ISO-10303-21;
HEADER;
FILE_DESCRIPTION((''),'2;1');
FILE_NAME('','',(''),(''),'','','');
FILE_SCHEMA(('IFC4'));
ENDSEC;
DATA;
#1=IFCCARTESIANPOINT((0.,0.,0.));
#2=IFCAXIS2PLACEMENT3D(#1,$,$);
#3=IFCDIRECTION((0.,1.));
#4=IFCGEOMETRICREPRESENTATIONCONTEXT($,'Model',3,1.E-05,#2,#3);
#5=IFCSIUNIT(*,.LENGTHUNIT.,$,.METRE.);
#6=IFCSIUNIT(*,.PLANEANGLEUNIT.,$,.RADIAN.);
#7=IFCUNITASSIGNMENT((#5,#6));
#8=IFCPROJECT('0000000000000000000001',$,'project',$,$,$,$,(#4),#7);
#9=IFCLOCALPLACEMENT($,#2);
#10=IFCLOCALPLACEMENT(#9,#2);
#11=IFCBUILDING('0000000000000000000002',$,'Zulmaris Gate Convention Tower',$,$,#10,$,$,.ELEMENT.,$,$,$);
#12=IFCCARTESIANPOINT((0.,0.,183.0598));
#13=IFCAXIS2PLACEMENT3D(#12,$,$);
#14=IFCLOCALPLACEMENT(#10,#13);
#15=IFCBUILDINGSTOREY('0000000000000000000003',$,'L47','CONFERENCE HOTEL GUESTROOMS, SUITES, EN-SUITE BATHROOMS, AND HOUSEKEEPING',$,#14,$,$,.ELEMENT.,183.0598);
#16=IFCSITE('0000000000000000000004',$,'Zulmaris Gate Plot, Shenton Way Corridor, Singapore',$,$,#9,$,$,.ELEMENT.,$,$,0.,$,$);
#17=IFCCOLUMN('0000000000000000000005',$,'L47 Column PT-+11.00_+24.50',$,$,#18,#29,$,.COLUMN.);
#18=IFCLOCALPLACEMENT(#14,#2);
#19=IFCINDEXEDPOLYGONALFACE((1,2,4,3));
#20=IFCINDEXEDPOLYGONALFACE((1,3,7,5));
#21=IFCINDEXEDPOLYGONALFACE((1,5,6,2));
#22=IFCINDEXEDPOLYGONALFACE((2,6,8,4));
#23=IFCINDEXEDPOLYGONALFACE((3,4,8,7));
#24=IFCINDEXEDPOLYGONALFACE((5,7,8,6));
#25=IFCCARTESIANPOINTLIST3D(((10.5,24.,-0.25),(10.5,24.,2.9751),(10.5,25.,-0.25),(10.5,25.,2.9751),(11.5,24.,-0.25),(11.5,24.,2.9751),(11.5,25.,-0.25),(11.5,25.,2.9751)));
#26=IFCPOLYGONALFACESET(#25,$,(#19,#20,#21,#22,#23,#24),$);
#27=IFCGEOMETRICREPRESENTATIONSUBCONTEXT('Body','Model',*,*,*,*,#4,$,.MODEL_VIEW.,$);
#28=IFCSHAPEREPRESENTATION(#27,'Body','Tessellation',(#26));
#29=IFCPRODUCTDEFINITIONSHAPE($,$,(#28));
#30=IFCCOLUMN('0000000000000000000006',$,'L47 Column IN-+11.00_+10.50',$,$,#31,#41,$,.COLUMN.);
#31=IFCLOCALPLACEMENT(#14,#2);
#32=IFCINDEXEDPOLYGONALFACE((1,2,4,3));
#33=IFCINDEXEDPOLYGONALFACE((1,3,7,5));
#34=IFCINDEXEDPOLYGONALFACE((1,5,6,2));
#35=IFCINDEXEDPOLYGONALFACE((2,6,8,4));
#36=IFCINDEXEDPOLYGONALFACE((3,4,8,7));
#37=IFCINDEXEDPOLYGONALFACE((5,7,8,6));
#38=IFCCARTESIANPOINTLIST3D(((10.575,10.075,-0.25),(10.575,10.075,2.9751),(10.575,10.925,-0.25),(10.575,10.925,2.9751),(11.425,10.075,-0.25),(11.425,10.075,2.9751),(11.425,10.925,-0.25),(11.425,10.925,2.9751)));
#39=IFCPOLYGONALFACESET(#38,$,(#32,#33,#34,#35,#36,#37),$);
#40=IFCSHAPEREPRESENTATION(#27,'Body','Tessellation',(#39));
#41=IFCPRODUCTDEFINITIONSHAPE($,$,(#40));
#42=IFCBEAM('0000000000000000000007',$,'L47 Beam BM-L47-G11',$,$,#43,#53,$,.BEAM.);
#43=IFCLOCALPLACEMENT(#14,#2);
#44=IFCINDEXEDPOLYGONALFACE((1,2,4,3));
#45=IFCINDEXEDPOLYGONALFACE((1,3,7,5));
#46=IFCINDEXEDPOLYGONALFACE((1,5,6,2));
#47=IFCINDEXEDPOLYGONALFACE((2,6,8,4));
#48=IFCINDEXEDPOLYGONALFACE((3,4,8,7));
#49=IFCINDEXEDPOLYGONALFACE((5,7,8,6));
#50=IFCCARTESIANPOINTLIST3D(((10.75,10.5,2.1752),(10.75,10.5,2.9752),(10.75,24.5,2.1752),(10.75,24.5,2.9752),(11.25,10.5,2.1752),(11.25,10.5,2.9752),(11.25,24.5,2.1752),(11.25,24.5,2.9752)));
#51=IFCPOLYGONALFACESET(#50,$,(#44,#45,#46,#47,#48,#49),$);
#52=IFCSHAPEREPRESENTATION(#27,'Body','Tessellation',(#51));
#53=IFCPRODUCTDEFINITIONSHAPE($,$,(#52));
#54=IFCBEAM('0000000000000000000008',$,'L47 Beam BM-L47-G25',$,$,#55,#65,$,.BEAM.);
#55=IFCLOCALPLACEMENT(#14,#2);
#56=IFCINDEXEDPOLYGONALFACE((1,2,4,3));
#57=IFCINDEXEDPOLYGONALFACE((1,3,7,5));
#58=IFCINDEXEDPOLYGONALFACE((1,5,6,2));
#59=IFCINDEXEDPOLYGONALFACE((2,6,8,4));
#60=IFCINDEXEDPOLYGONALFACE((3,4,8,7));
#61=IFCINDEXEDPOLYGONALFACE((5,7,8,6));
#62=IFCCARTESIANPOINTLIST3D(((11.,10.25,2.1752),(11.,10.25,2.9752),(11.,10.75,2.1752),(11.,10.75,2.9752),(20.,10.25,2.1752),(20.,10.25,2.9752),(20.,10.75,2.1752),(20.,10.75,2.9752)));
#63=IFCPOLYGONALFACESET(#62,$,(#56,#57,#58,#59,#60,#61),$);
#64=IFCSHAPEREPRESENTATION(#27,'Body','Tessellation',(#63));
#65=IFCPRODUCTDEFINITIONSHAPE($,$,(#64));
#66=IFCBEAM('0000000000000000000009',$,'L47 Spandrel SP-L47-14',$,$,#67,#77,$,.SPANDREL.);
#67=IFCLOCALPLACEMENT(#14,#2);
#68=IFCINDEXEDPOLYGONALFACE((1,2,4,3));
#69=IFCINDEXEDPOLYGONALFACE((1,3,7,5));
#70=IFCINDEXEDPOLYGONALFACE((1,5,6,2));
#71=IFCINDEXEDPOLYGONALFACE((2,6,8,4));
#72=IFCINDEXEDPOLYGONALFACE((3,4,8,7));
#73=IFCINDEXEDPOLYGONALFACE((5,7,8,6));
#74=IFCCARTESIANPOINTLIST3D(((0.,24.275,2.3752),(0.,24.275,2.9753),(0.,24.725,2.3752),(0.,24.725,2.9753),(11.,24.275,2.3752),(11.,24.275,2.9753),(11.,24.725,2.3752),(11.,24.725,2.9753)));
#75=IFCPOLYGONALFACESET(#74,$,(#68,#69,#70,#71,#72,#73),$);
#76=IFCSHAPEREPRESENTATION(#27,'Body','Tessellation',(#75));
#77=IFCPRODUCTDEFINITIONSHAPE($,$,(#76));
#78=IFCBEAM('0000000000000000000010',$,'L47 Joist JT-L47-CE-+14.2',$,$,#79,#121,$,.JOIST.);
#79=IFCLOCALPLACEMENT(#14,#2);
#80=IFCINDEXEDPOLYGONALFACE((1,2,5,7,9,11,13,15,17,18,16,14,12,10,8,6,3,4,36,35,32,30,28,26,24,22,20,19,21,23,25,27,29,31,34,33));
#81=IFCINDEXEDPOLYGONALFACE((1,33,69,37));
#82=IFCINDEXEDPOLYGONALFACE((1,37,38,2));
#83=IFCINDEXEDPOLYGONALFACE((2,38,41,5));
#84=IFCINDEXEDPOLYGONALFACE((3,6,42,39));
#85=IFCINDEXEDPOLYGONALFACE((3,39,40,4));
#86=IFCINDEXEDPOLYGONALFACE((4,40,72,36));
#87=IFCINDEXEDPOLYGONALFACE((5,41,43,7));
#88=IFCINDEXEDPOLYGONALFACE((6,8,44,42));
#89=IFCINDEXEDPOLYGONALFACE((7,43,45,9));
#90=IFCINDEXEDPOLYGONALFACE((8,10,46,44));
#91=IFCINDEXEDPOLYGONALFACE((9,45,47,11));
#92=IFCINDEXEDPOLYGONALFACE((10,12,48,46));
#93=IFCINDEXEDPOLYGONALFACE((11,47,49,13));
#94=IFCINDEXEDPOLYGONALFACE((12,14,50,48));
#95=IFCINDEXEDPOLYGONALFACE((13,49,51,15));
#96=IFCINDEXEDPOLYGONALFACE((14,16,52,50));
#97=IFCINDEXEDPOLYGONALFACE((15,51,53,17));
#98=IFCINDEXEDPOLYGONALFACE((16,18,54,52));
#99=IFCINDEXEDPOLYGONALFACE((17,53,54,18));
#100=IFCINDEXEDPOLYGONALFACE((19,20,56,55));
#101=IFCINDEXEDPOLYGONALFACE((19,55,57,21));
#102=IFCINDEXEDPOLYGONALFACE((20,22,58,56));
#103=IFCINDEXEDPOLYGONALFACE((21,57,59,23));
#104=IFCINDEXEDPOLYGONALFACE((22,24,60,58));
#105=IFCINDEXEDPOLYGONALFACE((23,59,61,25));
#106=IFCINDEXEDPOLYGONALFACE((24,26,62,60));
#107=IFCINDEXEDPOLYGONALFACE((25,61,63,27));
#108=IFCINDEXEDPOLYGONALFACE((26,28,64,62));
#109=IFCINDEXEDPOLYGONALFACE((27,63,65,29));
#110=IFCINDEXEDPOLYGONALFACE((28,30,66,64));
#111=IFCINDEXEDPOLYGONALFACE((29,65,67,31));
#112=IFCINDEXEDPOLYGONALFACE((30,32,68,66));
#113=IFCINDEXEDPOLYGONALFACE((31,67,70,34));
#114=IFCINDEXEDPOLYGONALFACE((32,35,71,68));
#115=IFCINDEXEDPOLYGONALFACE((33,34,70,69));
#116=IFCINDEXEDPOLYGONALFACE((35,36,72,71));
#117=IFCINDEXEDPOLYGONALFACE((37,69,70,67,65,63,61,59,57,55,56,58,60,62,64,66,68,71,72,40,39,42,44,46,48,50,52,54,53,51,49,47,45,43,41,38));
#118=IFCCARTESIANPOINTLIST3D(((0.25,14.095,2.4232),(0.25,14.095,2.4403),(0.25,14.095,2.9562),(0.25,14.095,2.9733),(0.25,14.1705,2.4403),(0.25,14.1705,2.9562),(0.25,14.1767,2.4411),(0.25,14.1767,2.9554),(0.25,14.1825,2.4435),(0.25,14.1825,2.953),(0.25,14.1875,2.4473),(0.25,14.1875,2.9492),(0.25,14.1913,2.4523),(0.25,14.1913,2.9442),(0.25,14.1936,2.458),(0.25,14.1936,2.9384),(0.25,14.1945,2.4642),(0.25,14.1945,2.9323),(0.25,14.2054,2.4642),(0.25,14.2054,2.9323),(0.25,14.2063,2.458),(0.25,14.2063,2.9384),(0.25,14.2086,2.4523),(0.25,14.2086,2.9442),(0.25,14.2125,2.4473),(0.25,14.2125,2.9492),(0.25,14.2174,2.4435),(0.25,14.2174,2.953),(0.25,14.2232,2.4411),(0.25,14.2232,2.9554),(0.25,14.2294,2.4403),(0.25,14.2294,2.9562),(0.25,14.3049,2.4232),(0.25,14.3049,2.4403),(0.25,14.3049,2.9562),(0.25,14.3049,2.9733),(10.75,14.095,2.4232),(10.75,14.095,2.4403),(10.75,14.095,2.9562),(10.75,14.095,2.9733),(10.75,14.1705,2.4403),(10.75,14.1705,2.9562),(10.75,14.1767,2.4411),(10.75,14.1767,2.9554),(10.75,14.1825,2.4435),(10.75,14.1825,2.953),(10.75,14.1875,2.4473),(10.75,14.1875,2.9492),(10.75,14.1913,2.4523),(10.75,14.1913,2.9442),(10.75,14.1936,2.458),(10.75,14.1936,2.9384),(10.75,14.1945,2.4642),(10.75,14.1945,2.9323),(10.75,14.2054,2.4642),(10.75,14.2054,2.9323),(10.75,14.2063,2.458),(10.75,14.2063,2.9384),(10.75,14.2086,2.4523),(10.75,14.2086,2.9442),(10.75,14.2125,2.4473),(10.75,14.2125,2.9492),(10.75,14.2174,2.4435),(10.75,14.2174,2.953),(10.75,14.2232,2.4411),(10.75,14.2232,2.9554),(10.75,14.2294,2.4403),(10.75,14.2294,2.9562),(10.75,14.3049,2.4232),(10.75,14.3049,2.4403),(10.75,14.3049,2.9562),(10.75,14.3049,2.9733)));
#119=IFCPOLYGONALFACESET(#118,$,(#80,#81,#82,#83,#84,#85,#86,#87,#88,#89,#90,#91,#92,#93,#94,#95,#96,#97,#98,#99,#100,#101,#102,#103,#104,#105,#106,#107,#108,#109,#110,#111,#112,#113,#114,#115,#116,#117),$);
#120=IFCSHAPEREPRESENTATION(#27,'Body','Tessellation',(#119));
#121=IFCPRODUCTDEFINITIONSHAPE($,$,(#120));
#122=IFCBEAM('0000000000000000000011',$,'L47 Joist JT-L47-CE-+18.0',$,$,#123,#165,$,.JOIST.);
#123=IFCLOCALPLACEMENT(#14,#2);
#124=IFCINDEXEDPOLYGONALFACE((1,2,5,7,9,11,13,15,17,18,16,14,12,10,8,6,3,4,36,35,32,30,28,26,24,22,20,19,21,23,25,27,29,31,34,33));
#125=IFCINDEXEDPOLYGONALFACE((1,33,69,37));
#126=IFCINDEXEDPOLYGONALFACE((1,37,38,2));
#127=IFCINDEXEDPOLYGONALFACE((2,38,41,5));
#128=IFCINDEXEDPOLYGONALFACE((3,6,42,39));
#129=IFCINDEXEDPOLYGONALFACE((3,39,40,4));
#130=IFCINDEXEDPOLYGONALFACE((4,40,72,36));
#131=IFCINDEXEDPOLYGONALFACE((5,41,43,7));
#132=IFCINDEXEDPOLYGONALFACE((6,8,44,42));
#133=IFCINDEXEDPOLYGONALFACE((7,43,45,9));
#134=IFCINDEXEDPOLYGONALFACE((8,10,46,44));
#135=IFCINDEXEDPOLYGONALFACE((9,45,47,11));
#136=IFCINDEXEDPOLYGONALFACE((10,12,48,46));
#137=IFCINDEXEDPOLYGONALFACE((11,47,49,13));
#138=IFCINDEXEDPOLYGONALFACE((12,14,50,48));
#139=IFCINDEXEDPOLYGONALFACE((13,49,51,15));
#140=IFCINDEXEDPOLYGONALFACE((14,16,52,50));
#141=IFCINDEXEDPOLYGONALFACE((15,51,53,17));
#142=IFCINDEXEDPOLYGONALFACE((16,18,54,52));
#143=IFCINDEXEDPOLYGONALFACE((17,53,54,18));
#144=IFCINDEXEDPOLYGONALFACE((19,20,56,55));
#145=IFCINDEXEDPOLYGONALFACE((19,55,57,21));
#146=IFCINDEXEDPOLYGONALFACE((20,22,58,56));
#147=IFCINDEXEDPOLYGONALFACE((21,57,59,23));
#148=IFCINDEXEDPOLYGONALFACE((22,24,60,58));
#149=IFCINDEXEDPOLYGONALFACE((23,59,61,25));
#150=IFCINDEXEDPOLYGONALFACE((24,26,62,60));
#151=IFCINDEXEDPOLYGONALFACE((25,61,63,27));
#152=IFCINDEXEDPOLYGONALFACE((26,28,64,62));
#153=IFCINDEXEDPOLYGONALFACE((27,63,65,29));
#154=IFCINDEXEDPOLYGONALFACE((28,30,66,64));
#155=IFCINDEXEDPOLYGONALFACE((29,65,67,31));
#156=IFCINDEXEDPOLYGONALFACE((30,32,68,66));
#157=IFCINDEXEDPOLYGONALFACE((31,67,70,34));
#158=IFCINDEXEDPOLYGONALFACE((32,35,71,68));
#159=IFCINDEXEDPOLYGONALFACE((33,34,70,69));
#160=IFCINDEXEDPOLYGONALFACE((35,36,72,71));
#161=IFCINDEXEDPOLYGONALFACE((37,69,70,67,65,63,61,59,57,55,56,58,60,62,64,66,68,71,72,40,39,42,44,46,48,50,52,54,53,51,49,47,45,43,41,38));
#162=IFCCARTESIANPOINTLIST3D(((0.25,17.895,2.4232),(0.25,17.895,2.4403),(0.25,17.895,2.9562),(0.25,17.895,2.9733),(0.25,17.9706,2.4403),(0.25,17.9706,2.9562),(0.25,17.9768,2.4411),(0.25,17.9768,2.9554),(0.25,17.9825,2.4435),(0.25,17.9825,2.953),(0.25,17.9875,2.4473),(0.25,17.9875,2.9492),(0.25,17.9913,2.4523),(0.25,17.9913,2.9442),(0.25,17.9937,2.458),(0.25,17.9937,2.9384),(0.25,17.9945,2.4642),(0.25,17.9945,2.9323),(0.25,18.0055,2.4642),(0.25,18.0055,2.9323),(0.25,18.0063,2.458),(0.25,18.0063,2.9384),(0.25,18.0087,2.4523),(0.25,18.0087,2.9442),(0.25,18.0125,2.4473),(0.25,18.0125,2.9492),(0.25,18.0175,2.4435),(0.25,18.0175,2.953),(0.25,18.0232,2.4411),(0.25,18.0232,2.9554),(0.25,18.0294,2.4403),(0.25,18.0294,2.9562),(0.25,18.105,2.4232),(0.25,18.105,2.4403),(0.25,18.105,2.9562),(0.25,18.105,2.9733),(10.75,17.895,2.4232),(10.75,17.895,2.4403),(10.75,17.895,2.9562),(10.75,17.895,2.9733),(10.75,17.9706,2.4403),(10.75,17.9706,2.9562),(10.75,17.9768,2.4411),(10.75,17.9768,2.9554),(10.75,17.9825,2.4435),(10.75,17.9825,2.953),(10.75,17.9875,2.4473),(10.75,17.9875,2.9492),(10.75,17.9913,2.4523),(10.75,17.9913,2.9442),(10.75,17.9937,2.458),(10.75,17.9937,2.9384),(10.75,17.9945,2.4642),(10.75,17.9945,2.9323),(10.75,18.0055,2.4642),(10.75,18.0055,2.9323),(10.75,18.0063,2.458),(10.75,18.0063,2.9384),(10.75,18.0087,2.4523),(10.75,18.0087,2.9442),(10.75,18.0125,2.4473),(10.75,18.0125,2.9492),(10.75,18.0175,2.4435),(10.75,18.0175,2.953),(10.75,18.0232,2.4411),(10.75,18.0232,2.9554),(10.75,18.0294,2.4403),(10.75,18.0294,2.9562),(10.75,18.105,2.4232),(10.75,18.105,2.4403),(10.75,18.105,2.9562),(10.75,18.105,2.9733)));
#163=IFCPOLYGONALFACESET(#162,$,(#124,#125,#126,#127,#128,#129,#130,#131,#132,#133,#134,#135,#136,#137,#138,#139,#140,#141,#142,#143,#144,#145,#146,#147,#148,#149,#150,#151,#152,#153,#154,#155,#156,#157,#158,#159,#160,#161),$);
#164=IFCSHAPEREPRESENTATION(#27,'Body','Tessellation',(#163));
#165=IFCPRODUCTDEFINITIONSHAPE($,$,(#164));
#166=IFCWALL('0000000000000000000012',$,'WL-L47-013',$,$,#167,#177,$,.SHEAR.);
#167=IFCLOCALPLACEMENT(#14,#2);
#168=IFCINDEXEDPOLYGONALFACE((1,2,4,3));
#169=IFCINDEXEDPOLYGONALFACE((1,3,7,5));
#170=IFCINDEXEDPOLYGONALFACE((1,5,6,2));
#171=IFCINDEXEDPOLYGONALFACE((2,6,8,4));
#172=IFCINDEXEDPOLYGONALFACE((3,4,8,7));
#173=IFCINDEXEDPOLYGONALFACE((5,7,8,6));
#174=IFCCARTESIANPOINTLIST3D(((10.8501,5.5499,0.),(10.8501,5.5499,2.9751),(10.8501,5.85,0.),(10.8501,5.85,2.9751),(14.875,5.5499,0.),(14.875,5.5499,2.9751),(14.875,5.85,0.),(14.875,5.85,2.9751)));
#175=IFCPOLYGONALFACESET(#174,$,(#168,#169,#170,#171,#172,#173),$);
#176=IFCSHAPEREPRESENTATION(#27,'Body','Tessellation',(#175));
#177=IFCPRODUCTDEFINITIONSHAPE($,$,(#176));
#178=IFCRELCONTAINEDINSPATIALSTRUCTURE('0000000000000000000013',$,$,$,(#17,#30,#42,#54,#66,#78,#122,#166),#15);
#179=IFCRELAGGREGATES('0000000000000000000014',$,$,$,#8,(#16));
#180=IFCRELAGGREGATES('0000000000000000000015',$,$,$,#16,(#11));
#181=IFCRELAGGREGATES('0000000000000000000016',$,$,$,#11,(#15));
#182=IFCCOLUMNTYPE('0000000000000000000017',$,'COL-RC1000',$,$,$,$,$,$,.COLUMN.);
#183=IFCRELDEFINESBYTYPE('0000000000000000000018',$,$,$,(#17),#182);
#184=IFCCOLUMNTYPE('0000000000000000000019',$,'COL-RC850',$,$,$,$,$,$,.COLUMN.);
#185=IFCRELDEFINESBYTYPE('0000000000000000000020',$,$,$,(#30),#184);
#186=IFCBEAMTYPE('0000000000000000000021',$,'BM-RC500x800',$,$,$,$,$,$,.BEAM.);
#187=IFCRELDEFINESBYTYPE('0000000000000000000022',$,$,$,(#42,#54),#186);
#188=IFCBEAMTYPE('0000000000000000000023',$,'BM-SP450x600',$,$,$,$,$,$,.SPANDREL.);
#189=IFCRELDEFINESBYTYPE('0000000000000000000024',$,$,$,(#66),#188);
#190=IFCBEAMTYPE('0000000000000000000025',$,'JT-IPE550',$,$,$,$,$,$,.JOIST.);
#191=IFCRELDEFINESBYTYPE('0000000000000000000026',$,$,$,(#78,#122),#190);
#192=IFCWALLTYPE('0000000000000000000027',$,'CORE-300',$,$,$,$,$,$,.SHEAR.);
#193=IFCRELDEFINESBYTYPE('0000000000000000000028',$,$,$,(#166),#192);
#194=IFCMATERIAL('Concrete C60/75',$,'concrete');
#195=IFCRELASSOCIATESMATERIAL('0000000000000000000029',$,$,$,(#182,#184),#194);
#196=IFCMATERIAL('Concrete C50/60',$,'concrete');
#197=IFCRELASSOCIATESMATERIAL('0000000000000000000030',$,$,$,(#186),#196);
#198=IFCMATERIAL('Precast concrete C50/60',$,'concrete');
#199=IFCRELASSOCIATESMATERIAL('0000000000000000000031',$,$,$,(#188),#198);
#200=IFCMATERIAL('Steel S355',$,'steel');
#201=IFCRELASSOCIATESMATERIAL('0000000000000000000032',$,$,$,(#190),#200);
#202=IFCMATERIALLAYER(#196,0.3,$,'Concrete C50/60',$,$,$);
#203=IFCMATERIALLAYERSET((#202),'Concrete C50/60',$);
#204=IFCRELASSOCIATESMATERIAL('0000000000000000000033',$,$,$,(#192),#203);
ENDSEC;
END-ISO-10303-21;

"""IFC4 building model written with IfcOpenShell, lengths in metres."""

from ifc_helpers import new_model, si_unit, direction, frame, frame_2d, origin, origin_2d, place, context, subcontext, project, spatial, rectangle, i_section, extrude, material, layer, layer_set, material_profile, profile_set, type_object, element, save


model = new_model("IFC4")

# Units and contexts
model_context = context("Model", 3, precision=1e-05, world=origin(), true_north=direction((0.0, 1.0)))
body_context = subcontext(model_context, "Body", "Model", "MODEL_VIEW")
ifc_project = project(units=[si_unit("LENGTHUNIT", "METRE"), si_unit("PLANEANGLEUNIT", "RADIAN")], contexts=[model_context])

# Site, building, storey
site_placement = place(None, origin())
site = spatial("IfcSite", under=ifc_project, at=site_placement, Name="Zulmaris Gate Plot, Shenton Way Corridor, Singapore", CompositionType="ELEMENT", RefElevation=0.0)
building_placement = place(site_placement, origin())
building = spatial("IfcBuilding", under=site, at=building_placement, Name="Zulmaris Gate Convention Tower", CompositionType="ELEMENT")
storey_placement = place(building_placement, frame((0.0, 0.0, 183.0598)))
storey = spatial("IfcBuildingStorey", under=building, at=storey_placement, Name="L47", Description="CONFERENCE HOTEL GUESTROOMS, SUITES, EN-SUITE BATHROOMS, AND HOUSEKEEPING", CompositionType="ELEMENT", Elevation=183.0598)

# Columns
ifc_material_1 = material(Name="Concrete C60/75", Category="concrete")
ifc_material_profile_1 = material_profile(ifc_material_1, rectangle(XDim=1.0, YDim=1.0, at=origin_2d()), Name="RC COL 1000x1000")
ifc_profile_set_1 = profile_set([ifc_material_profile_1], Name="Concrete C60/75")
column_type_1 = type_object("IfcColumnType", Name="COL-RC1000", PredefinedType="COLUMN", material=ifc_profile_set_1)
column_1_placement = place(storey_placement, frame((11.0, 24.5, -0.25), z_axis=(0.0, 0.0, 1.0), x_axis=(1.0, 0.0, 0.0)))
element("IfcColumn", 1, at=column_1_placement, inside=storey, type_object=column_type_1, Name="L47 Column PT-+11.00_+24.50", PredefinedType="COLUMN", context=body_context, shape_type="SweptSolid", body=[
    extrude(rectangle(XDim=1.0, YDim=1.0, at=origin_2d()), origin(), (0.0, 0.0, 1.0), 3.2251),
])
ifc_material_profile_2 = material_profile(ifc_material_1, rectangle(XDim=0.8501, YDim=0.8501, at=origin_2d()), Name="RC COL 850x850")
ifc_profile_set_2 = profile_set([ifc_material_profile_2], Name="Concrete C60/75")
column_type_2 = type_object("IfcColumnType", Name="COL-RC850", PredefinedType="COLUMN", material=ifc_profile_set_2)
column_2_placement = place(storey_placement, frame((11.0, 10.5, -0.25), z_axis=(0.0, 0.0, 1.0), x_axis=(1.0, 0.0, 0.0)))
element("IfcColumn", 2, at=column_2_placement, inside=storey, type_object=column_type_2, Name="L47 Column IN-+11.00_+10.50", PredefinedType="COLUMN", context=body_context, shape_type="SweptSolid", body=[
    extrude(rectangle(XDim=0.8501, YDim=0.8501, at=origin_2d()), origin(), (0.0, 0.0, 1.0), 3.2251),
])

# Beams
ifc_material_2 = material(Name="Concrete C50/60", Category="concrete")
ifc_material_profile_3 = material_profile(ifc_material_2, rectangle(XDim=0.5, YDim=0.8, at=origin_2d()), Name="RC BEAM 500x800")
ifc_profile_set_3 = profile_set([ifc_material_profile_3], Name="Concrete C50/60")
beam_type_1 = type_object("IfcBeamType", Name="BM-RC500x800", PredefinedType="BEAM", material=ifc_profile_set_3)
beam_1_placement = place(storey_placement, frame((11.0, 10.5, 2.5752), z_axis=(0.0, 1.0, 0.0), x_axis=(-1.0, 0.0, 0.0)))
element("IfcBeam", 3, at=beam_1_placement, inside=storey, type_object=beam_type_1, Name="L47 Beam BM-L47-G11", PredefinedType="BEAM", context=body_context, shape_type="SweptSolid", body=[
    extrude(rectangle(XDim=0.5, YDim=0.8, at=origin_2d()), origin(), (0.0, 0.0, 1.0), 14.0),
])
beam_2_placement = place(storey_placement, frame((11.0, 10.5, 2.5752), z_axis=(1.0, 0.0, 0.0), x_axis=(0.0, 1.0, 0.0)))
element("IfcBeam", 4, at=beam_2_placement, inside=storey, type_object=beam_type_1, Name="L47 Beam BM-L47-G25", PredefinedType="BEAM", context=body_context, shape_type="SweptSolid", body=[
    extrude(rectangle(XDim=0.5, YDim=0.8, at=origin_2d()), origin(), (0.0, 0.0, 1.0), 9.0),
])
ifc_material_3 = material(Name="Precast concrete C50/60", Category="concrete")
ifc_material_profile_4 = material_profile(ifc_material_3, rectangle(XDim=0.45, YDim=0.6001, at=origin_2d()), Name="RC SPANDREL 450x600")
ifc_profile_set_4 = profile_set([ifc_material_profile_4], Name="Precast concrete C50/60")
beam_type_2 = type_object("IfcBeamType", Name="BM-SP450x600", PredefinedType="SPANDREL", material=ifc_profile_set_4)
beam_3_placement = place(storey_placement, frame((11.0, 24.5, 2.6753), z_axis=(-1.0, 0.0, 0.0), x_axis=(0.0, -1.0, 0.0)))
element("IfcBeam", 5, at=beam_3_placement, inside=storey, type_object=beam_type_2, Name="L47 Spandrel SP-L47-14", PredefinedType="SPANDREL", context=body_context, shape_type="SweptSolid", body=[
    extrude(rectangle(XDim=0.45, YDim=0.6001, at=origin_2d()), origin(), (0.0, 0.0, 1.0), 11.0),
])
ifc_material_4 = material(Name="Steel S355", Category="steel")
ifc_material_profile_5 = material_profile(ifc_material_4, i_section(OverallWidth=0.21, OverallDepth=0.55, WebThickness=0.011, FlangeThickness=0.0171, FilletRadius=0.0239, at=origin_2d()), Name="IPE 550")
ifc_profile_set_5 = profile_set([ifc_material_profile_5], Name="Steel S355")
beam_type_3 = type_object("IfcBeamType", Name="JT-IPE550", PredefinedType="JOIST", material=ifc_profile_set_5)
for number, where, z_axis, x_axis, name in (
    (6, (0.25, 14.2, 2.6982), (1.0, 0.0, 0.0), (0.0, 1.0, 0.0), "L47 Joist JT-L47-CE-+14.2"),
    (7, (0.25, 18.0, 2.6982), (1.0, 0.0, 0.0), (0.0, 1.0, 0.0), "L47 Joist JT-L47-CE-+18.0"),
):
    element("IfcBeam", number, at=place(storey_placement, frame(where, z_axis=z_axis, x_axis=x_axis)), inside=storey, type_object=beam_type_3, Name=name, PredefinedType="JOIST", context=body_context, shape_type="SweptSolid", body=[
        extrude(i_section(OverallWidth=0.21, OverallDepth=0.55, WebThickness=0.011, FlangeThickness=0.0171, FilletRadius=0.0239, at=origin_2d()), origin(), (0.0, 0.0, 1.0), 10.5),
    ])

# Wall
ifc_layer_1 = layer(ifc_material_2, 0.3, Name="Concrete C50/60")
ifc_layer_set_1 = layer_set([ifc_layer_1], Name="Concrete C50/60")
wall_type_1 = type_object("IfcWallType", Name="CORE-300", PredefinedType="SHEAR", material=ifc_layer_set_1)
wall_1_placement = place(storey_placement, frame((10.8501, 5.7, 0.0), z_axis=(0.0, 0.0, 1.0), x_axis=(1.0, 0.0, 0.0)))
element("IfcWall", 8, at=wall_1_placement, inside=storey, type_object=wall_type_1, Name="WL-L47-013", PredefinedType="SHEAR", context=body_context, shape_type="SweptSolid", body=[
    extrude(rectangle(XDim=4.0249, YDim=0.3, at=frame_2d((2.0125, 0.0))), origin(), (0.0, 0.0, 1.0), 2.9751),
])

save(model, "model.ifc")
